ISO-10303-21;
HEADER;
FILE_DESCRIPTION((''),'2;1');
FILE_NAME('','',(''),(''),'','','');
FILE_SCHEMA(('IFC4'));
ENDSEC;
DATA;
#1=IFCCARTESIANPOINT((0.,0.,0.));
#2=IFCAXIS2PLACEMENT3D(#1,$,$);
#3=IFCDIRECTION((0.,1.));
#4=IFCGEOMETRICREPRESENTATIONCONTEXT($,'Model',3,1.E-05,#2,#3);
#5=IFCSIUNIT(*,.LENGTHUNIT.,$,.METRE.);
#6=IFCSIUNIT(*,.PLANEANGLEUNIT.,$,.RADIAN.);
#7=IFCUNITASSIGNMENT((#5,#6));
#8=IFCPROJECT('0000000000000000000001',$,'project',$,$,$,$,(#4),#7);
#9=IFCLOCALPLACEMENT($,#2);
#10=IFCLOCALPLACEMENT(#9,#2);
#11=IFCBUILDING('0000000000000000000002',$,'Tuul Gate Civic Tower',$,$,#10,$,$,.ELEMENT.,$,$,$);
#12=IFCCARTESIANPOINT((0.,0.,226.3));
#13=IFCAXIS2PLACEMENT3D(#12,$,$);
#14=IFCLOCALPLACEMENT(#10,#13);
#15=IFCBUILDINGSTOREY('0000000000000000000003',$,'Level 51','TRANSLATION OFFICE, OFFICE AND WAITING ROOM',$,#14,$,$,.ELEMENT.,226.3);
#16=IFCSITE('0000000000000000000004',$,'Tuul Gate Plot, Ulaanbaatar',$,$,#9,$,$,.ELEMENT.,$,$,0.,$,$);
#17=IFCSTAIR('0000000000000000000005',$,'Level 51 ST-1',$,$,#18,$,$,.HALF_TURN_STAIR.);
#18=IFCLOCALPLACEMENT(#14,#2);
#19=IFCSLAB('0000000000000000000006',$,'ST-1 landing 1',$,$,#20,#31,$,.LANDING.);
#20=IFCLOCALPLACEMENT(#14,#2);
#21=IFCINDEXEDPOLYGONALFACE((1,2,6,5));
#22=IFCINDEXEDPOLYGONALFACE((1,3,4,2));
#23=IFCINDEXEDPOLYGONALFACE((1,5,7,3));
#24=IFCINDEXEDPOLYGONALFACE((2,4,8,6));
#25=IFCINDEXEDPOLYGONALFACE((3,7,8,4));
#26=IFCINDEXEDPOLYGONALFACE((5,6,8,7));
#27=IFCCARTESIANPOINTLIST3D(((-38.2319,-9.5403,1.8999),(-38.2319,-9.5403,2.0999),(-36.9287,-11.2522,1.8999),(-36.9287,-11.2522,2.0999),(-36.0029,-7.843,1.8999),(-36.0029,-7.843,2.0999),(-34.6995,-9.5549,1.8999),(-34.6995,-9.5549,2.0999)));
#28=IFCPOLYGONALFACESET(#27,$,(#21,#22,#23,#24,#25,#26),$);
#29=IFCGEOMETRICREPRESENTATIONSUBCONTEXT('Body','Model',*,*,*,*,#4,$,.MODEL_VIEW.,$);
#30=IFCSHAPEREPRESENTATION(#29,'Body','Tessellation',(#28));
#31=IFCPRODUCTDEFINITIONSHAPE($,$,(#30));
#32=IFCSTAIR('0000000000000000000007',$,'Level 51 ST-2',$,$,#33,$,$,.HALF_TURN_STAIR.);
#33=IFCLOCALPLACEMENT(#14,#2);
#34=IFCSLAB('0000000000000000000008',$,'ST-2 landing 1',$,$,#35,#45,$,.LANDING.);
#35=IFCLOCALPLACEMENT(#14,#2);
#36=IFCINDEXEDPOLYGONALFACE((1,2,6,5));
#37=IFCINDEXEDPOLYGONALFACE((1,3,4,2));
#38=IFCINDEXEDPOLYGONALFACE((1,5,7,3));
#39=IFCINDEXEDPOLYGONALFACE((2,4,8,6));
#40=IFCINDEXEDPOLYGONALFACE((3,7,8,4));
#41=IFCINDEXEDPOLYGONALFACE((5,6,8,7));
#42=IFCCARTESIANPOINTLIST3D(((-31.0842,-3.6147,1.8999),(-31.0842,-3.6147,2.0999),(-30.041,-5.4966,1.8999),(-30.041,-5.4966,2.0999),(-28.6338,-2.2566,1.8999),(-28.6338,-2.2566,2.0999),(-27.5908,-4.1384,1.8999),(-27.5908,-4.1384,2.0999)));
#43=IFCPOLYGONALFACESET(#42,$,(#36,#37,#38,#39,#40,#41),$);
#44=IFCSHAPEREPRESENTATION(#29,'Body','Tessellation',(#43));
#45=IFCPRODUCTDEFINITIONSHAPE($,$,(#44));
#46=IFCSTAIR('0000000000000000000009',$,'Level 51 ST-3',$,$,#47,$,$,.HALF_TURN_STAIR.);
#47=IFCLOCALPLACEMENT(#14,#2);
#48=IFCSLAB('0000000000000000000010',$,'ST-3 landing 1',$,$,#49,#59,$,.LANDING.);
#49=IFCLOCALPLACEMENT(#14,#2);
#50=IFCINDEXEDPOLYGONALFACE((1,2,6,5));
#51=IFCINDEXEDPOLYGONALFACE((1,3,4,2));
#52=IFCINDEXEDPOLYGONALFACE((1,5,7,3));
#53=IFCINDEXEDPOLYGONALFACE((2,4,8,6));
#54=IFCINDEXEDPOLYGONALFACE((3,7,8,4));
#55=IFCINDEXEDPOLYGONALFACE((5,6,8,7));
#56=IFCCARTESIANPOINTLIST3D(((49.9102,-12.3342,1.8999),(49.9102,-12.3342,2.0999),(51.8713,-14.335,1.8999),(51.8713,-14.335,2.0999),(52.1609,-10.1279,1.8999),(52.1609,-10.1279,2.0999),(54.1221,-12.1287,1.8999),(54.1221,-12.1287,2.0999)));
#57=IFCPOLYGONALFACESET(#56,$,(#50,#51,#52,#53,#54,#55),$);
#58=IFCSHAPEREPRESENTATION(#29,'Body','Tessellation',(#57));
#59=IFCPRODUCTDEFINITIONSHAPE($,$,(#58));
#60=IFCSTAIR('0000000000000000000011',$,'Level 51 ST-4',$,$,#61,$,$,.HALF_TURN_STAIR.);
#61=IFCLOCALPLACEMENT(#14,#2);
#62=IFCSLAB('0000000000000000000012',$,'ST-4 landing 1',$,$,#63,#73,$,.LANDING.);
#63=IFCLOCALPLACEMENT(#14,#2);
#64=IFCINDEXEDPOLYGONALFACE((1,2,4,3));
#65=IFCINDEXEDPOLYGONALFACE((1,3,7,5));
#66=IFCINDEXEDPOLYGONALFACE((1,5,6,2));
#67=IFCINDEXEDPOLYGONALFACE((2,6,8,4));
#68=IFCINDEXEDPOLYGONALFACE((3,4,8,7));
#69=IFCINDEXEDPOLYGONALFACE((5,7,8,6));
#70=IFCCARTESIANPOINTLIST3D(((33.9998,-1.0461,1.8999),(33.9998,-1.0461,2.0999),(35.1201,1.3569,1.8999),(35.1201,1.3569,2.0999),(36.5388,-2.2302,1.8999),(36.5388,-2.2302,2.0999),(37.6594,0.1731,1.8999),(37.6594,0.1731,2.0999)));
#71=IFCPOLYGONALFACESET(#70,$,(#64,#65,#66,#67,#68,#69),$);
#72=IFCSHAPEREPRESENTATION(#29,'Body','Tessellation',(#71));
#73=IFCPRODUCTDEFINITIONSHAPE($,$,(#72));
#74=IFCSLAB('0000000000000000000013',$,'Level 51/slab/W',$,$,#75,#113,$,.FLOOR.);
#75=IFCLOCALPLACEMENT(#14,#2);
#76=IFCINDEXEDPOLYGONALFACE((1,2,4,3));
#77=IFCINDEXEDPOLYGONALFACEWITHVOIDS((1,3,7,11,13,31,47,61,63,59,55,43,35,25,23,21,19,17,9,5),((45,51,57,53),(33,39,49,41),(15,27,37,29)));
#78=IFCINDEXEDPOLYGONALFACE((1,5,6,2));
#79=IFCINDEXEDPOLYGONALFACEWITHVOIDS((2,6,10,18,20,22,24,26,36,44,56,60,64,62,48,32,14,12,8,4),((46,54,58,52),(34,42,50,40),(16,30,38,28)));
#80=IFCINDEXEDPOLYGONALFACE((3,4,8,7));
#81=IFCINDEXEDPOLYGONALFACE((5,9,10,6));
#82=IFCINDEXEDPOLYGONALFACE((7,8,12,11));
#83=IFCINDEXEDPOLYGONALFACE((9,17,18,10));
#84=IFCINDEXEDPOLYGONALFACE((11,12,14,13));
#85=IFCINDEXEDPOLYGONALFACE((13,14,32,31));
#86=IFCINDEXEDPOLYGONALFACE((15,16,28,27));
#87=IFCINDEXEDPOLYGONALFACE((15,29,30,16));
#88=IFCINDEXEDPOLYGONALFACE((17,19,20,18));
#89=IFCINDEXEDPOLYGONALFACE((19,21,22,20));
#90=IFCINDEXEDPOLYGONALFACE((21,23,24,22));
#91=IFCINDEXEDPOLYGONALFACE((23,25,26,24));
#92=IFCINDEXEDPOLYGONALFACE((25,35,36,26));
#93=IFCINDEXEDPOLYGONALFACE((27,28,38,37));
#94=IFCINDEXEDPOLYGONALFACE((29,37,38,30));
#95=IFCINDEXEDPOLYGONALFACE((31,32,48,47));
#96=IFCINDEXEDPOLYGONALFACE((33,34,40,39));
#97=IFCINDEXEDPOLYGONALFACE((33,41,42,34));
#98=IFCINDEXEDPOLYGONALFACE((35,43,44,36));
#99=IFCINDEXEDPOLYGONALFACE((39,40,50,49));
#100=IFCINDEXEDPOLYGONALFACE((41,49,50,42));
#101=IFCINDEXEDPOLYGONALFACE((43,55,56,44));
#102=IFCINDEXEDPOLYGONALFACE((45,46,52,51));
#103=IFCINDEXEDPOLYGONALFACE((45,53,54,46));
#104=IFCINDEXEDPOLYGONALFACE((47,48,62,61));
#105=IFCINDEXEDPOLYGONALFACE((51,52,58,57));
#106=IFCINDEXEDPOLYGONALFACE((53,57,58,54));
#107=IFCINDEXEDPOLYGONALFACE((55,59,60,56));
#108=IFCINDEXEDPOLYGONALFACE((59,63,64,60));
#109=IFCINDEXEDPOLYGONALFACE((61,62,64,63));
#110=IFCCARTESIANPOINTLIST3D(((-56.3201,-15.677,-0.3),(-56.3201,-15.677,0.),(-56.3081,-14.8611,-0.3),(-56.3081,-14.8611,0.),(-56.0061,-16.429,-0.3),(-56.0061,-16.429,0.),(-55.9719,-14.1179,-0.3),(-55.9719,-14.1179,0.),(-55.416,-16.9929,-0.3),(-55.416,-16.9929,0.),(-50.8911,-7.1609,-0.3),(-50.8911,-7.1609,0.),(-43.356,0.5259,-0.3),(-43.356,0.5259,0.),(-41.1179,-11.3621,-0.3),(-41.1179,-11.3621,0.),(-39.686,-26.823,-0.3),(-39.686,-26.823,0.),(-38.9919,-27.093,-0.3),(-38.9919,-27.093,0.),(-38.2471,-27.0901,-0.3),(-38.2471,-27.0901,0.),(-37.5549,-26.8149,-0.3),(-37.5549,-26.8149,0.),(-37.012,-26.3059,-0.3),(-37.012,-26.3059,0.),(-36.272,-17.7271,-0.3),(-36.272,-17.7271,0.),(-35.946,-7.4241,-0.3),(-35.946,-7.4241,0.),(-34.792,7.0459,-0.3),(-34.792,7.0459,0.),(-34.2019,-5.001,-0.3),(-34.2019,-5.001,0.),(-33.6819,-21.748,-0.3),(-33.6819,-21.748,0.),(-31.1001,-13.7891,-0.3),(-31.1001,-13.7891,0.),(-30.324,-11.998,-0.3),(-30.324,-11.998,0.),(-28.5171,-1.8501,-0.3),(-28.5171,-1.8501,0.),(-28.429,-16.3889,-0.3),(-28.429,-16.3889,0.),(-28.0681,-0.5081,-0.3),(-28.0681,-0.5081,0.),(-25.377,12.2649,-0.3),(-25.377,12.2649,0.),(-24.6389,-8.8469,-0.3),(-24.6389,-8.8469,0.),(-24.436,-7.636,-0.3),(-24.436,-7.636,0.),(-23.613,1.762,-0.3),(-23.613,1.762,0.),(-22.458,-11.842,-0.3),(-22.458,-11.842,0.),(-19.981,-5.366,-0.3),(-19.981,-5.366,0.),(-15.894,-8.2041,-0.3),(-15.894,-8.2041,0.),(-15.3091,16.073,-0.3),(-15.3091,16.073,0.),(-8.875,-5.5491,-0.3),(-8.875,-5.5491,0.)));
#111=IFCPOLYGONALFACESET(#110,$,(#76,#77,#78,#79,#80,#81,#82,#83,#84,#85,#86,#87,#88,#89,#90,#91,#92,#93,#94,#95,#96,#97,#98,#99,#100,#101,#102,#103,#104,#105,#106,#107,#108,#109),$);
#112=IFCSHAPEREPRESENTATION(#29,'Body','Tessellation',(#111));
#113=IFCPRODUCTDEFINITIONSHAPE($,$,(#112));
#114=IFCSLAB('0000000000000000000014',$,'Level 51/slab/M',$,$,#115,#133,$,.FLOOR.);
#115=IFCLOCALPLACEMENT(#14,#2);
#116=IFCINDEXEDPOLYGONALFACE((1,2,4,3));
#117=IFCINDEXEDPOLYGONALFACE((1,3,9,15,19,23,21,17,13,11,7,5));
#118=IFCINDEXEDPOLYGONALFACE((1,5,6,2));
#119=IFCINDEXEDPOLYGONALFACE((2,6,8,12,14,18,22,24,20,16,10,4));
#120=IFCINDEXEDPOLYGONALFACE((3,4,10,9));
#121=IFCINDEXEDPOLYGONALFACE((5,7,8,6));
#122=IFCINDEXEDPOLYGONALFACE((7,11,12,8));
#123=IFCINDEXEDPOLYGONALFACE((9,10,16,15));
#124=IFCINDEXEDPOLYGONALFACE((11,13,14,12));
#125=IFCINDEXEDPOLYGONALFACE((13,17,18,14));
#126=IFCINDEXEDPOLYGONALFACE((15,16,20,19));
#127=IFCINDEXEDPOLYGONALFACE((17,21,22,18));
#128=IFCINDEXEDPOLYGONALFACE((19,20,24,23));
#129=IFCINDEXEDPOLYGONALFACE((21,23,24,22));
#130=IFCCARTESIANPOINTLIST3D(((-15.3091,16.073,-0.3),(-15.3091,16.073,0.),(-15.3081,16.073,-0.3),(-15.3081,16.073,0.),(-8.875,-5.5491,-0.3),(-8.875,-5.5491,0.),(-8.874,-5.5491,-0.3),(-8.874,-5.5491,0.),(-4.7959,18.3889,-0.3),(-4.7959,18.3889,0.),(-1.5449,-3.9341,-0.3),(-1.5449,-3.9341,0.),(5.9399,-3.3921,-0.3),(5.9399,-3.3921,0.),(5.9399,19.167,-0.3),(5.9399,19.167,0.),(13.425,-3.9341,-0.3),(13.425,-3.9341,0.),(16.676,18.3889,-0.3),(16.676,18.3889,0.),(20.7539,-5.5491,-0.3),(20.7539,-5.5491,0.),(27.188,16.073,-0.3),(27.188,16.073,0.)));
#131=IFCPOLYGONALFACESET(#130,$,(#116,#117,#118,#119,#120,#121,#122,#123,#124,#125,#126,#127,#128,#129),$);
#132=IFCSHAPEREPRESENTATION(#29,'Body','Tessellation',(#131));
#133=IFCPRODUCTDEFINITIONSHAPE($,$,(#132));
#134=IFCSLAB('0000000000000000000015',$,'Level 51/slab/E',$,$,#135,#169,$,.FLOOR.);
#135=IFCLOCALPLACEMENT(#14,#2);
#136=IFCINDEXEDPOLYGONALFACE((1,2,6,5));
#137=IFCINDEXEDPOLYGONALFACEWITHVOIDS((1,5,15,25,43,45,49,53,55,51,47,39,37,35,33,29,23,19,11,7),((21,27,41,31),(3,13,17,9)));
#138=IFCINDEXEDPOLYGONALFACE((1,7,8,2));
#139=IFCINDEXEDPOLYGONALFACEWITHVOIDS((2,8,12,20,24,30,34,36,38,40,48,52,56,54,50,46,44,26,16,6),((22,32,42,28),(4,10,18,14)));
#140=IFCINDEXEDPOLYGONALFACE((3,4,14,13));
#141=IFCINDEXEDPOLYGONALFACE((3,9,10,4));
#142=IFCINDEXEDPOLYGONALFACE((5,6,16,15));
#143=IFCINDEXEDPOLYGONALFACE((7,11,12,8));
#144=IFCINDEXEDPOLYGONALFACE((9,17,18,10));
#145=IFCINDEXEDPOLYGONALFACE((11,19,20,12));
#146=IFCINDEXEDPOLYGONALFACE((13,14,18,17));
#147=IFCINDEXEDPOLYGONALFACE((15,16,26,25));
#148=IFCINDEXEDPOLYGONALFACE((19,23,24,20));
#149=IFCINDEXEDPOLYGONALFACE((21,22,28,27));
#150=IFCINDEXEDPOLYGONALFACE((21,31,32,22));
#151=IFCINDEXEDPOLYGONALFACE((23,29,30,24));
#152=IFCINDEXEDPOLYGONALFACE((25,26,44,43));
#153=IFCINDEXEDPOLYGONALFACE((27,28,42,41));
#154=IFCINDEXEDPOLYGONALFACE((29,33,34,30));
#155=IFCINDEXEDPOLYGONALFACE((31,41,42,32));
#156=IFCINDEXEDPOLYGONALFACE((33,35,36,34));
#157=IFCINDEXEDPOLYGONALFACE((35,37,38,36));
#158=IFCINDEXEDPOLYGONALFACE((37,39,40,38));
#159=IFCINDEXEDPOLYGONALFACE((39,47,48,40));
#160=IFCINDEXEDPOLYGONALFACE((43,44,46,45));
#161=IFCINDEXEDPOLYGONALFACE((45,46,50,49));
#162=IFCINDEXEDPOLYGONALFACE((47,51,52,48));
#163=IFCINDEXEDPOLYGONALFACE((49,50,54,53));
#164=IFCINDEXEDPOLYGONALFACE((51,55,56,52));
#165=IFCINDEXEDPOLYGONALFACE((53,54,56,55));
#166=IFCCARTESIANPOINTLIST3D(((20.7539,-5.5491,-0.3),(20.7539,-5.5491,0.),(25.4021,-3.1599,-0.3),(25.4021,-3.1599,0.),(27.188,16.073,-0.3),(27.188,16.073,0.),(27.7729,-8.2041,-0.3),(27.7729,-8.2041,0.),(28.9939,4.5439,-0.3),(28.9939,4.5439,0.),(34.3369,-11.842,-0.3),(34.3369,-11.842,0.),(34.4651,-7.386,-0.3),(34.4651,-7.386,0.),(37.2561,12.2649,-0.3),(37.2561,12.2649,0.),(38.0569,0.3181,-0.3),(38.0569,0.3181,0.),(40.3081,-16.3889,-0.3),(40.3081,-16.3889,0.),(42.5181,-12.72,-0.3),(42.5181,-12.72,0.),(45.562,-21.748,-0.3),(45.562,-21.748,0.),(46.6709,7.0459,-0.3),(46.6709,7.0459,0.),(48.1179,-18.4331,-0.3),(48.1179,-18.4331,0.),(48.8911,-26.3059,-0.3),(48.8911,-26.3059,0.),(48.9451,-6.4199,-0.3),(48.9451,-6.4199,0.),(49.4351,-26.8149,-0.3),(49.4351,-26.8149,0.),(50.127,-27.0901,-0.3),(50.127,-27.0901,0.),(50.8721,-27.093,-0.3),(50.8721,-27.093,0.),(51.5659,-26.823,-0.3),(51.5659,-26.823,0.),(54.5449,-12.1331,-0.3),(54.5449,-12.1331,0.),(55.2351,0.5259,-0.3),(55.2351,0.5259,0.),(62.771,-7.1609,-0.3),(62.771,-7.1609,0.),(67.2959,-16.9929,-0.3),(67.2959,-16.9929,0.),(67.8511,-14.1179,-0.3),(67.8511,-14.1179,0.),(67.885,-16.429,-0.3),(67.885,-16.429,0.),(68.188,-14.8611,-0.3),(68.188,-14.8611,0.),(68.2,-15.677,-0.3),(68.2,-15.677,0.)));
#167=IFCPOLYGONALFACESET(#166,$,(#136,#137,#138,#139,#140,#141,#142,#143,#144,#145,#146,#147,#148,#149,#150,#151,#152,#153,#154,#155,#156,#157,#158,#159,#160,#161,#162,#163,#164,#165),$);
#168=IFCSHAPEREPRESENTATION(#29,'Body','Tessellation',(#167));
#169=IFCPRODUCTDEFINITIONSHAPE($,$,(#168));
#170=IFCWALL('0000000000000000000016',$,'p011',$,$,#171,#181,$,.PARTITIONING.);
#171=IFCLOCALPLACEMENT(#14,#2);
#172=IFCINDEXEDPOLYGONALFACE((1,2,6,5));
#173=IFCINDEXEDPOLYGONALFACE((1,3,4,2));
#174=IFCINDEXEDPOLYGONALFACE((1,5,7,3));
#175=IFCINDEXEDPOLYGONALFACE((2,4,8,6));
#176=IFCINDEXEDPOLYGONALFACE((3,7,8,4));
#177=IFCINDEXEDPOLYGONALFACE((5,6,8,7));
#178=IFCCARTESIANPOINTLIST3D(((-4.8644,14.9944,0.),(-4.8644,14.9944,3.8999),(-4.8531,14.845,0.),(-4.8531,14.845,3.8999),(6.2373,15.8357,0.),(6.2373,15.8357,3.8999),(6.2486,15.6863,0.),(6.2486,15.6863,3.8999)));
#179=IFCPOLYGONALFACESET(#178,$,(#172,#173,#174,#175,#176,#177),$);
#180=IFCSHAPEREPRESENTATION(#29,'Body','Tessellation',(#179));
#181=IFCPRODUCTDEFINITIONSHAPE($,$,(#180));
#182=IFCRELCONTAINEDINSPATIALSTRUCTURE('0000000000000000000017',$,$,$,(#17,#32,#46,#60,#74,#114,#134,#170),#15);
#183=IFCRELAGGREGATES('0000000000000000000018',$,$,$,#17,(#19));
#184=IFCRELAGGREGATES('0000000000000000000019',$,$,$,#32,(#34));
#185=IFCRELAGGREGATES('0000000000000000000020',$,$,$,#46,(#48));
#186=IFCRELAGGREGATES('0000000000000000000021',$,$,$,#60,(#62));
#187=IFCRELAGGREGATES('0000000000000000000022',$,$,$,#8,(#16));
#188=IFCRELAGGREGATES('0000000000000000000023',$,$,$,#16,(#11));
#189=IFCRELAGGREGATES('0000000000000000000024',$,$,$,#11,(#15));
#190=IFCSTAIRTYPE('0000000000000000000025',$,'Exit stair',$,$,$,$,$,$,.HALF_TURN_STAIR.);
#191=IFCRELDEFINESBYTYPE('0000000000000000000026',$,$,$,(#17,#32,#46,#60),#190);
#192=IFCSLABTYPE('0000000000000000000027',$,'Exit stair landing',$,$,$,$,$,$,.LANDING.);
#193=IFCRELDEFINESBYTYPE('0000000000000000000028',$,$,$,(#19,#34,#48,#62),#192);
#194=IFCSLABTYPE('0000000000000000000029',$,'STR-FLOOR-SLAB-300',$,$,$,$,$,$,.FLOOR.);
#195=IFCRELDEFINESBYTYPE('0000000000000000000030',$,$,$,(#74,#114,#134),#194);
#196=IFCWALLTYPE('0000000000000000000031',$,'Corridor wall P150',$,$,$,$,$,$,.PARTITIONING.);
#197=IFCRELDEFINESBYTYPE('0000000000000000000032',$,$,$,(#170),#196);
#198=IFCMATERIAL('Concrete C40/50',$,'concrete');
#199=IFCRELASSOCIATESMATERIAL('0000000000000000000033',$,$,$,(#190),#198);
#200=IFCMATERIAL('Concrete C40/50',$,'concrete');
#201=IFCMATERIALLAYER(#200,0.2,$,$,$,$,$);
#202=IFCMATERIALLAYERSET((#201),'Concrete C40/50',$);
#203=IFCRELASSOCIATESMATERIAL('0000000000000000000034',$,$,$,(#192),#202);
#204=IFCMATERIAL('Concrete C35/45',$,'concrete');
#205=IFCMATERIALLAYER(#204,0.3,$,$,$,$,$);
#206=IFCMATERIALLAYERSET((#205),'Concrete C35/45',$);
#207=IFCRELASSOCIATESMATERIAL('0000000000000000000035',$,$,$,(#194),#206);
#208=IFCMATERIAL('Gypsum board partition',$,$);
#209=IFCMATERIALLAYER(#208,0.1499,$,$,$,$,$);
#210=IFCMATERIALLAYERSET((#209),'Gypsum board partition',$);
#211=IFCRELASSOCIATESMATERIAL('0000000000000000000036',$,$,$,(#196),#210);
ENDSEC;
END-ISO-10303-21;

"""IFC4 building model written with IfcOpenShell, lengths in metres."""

from ifc_helpers import new_model, si_unit, direction, frame, frame_2d, origin, place, context, subcontext, project, spatial, polyline, rectangle, outline, extrude, material, layer, layer_set, type_object, element, aggregate, save


model = new_model("IFC4")

# Units and contexts
model_context = context("Model", 3, precision=1e-05, world=origin(), true_north=direction((0.0, 1.0)))
body_context = subcontext(model_context, "Body", "Model", "MODEL_VIEW")
ifc_project = project(units=[si_unit("LENGTHUNIT", "METRE"), si_unit("PLANEANGLEUNIT", "RADIAN")], contexts=[model_context])

# Site, building, storey
site_placement = place(None, origin())
site = spatial("IfcSite", under=ifc_project, at=site_placement, Name="Tuul Gate Plot, Ulaanbaatar", CompositionType="ELEMENT", RefElevation=0.0)
building_placement = place(site_placement, origin())
building = spatial("IfcBuilding", under=site, at=building_placement, Name="Tuul Gate Civic Tower", CompositionType="ELEMENT")
storey_placement = place(building_placement, frame((0.0, 0.0, 226.3)))
storey = spatial("IfcBuildingStorey", under=building, at=storey_placement, Name="Level 51", Description="TRANSLATION OFFICE, OFFICE AND WAITING ROOM", CompositionType="ELEMENT", Elevation=226.3)

# Stairs, slabs
ifc_material_1 = material(Name="Concrete C40/50", Category="concrete")
stair_type = type_object("IfcStairType", Name="Exit stair", PredefinedType="HALF_TURN_STAIR", material=ifc_material_1)
stair_1_placement = place(storey_placement, origin())
stair_1 = element("IfcStair", 1, at=stair_1_placement, inside=storey, type_object=stair_type, Name="Level 51 ST-1", PredefinedType="HALF_TURN_STAIR")
ifc_material_2 = material(Name="Concrete C40/50", Category="concrete")
ifc_layer_1 = layer(ifc_material_2, 0.2)
ifc_layer_set_1 = layer_set([ifc_layer_1], Name="Concrete C40/50")
slab_type_1 = type_object("IfcSlabType", Name="Exit stair landing", PredefinedType="LANDING", material=ifc_layer_set_1)
slab_1_placement = place(storey_placement, frame((0.0, 0.0, 1.8999)))
slab_1 = element("IfcSlab", 2, at=slab_1_placement, type_object=slab_type_1, Name="ST-1 landing 1", PredefinedType="LANDING", context=body_context, shape_type="SweptSolid", body=[
    extrude(outline(polyline([(-34.6995, -9.5549), (-36.9287, -11.2522), (-38.2319, -9.5403), (-36.0029, -7.843), (-34.6995, -9.5549)])), origin(), (0.0, 0.0, 1.0), 0.2),
])
aggregate(stair_1, [slab_1])
stair_2_placement = place(storey_placement, origin())
stair_2 = element("IfcStair", 3, at=stair_2_placement, inside=storey, type_object=stair_type, Name="Level 51 ST-2", PredefinedType="HALF_TURN_STAIR")
slab_2_placement = place(storey_placement, frame((0.0, 0.0, 1.8999)))
slab_2 = element("IfcSlab", 4, at=slab_2_placement, type_object=slab_type_1, Name="ST-2 landing 1", PredefinedType="LANDING", context=body_context, shape_type="SweptSolid", body=[
    extrude(outline(polyline([(-27.5908, -4.1384), (-30.041, -5.4966), (-31.0842, -3.6147), (-28.6338, -2.2566), (-27.5908, -4.1384)])), origin(), (0.0, 0.0, 1.0), 0.2),
])
aggregate(stair_2, [slab_2])
stair_3_placement = place(storey_placement, origin())
stair_3 = element("IfcStair", 5, at=stair_3_placement, inside=storey, type_object=stair_type, Name="Level 51 ST-3", PredefinedType="HALF_TURN_STAIR")
slab_3_placement = place(storey_placement, frame((0.0, 0.0, 1.8999)))
slab_3 = element("IfcSlab", 6, at=slab_3_placement, type_object=slab_type_1, Name="ST-3 landing 1", PredefinedType="LANDING", context=body_context, shape_type="SweptSolid", body=[
    extrude(outline(polyline([(51.8713, -14.335), (49.9102, -12.3342), (52.1609, -10.1279), (54.1221, -12.1287), (51.8713, -14.335)])), origin(), (0.0, 0.0, 1.0), 0.2),
])
aggregate(stair_3, [slab_3])
stair_4_placement = place(storey_placement, origin())
stair_4 = element("IfcStair", 7, at=stair_4_placement, inside=storey, type_object=stair_type, Name="Level 51 ST-4", PredefinedType="HALF_TURN_STAIR")
slab_4_placement = place(storey_placement, frame((0.0, 0.0, 1.8999)))
slab_4 = element("IfcSlab", 8, at=slab_4_placement, type_object=slab_type_1, Name="ST-4 landing 1", PredefinedType="LANDING", context=body_context, shape_type="SweptSolid", body=[
    extrude(outline(polyline([(36.5388, -2.2302), (33.9998, -1.0461), (35.1201, 1.3569), (37.6594, 0.1731), (36.5388, -2.2302)])), origin(), (0.0, 0.0, 1.0), 0.2),
])
aggregate(stair_4, [slab_4])

# Slabs
ifc_material_3 = material(Name="Concrete C35/45", Category="concrete")
ifc_layer_2 = layer(ifc_material_3, 0.3)
ifc_layer_set_2 = layer_set([ifc_layer_2], Name="Concrete C35/45")
slab_type_2 = type_object("IfcSlabType", Name="STR-FLOOR-SLAB-300", PredefinedType="FLOOR", material=ifc_layer_set_2)
slab_5_placement = place(storey_placement, frame((0.0, 0.0, -0.3)))
element("IfcSlab", 9, at=slab_5_placement, inside=storey, type_object=slab_type_2, Name="Level 51/slab/W", PredefinedType="FLOOR", context=body_context, shape_type="SweptSolid", body=[
    extrude(outline(polyline([(-15.894, -8.2041), (-8.875, -5.5491), (-15.3091, 16.073), (-25.377, 12.2649), (-34.792, 7.0459), (-43.356, 0.5259), (-50.8911, -7.1609), (-55.9719, -14.1179), (-56.3081, -14.8611), (-56.3201, -15.677), (-56.0061, -16.429), (-55.416, -16.9929), (-39.686, -26.823), (-38.9919, -27.093), (-38.2471, -27.0901), (-37.5549, -26.8149), (-37.012, -26.3059), (-33.6819, -21.748), (-28.429, -16.3889), (-22.458, -11.842), (-15.894, -8.2041)]), holes=[polyline([(-31.1001, -13.7891), (-36.272, -17.7271), (-41.1179, -11.3621), (-35.946, -7.4241), (-31.1001, -13.7891)]), polyline([(-24.6389, -8.8469), (-30.324, -11.998), (-34.2019, -5.001), (-28.5171, -1.8501), (-24.6389, -8.8469)]), polyline([(-24.436, -7.636), (-28.0681, -0.5081), (-23.613, 1.762), (-19.981, -5.366), (-24.436, -7.636)])]), origin(), (0.0, 0.0, 1.0), 0.3),
])
slab_6_placement = place(storey_placement, frame((0.0, 0.0, -0.3)))
element("IfcSlab", 10, at=slab_6_placement, inside=storey, type_object=slab_type_2, Name="Level 51/slab/M", PredefinedType="FLOOR", context=body_context, shape_type="SweptSolid", body=[
    extrude(outline(polyline([(13.425, -3.9341), (20.7539, -5.5491), (27.188, 16.073), (16.676, 18.3889), (5.9399, 19.167), (-4.7959, 18.3889), (-15.3081, 16.073), (-15.3091, 16.073), (-8.875, -5.5491), (-8.874, -5.5491), (-1.5449, -3.9341), (5.9399, -3.3921), (13.425, -3.9341)])), origin(), (0.0, 0.0, 1.0), 0.3),
])
slab_7_placement = place(storey_placement, frame((0.0, 0.0, -0.3)))
element("IfcSlab", 11, at=slab_7_placement, inside=storey, type_object=slab_type_2, Name="Level 51/slab/E", PredefinedType="FLOOR", context=body_context, shape_type="SweptSolid", body=[
    extrude(outline(polyline([(50.8721, -27.093), (51.5659, -26.823), (67.2959, -16.9929), (67.885, -16.429), (68.2, -15.677), (68.188, -14.8611), (67.8511, -14.1179), (62.771, -7.1609), (55.2351, 0.5259), (46.6709, 7.0459), (37.2561, 12.2649), (27.188, 16.073), (20.7539, -5.5491), (27.7729, -8.2041), (34.3369, -11.842), (40.3081, -16.3889), (45.562, -21.748), (48.8911, -26.3059), (49.4351, -26.8149), (50.127, -27.0901), (50.8721, -27.093)]), holes=[polyline([(48.1179, -18.4331), (42.5181, -12.72), (48.9451, -6.4199), (54.5449, -12.1331), (48.1179, -18.4331)]), polyline([(25.4021, -3.1599), (28.9939, 4.5439), (38.0569, 0.3181), (34.4651, -7.386), (25.4021, -3.1599)])]), origin(), (0.0, 0.0, 1.0), 0.3),
])

# Wall
ifc_material_4 = material(Name="Gypsum board partition")
ifc_layer_3 = layer(ifc_material_4, 0.1499)
ifc_layer_set_3 = layer_set([ifc_layer_3], Name="Gypsum board partition")
wall_type_1 = type_object("IfcWallType", Name="Corridor wall P150", PredefinedType="PARTITIONING", material=ifc_layer_set_3)
wall_1_placement = place(storey_placement, frame((-4.8589, 14.9197, 0.0), z_axis=(0.0, 0.0, 1.0), x_axis=(0.997141, 0.075565, 0.0)))
element("IfcWall", 12, at=wall_1_placement, inside=storey, type_object=wall_type_1, Name="p011", PredefinedType="PARTITIONING", context=body_context, shape_type="SweptSolid", body=[
    extrude(rectangle(XDim=11.1335, YDim=0.1499, at=frame_2d((5.5669, 0.0))), origin(), (0.0, 0.0, 1.0), 3.8999),
])

save(model, "model.ifc")
